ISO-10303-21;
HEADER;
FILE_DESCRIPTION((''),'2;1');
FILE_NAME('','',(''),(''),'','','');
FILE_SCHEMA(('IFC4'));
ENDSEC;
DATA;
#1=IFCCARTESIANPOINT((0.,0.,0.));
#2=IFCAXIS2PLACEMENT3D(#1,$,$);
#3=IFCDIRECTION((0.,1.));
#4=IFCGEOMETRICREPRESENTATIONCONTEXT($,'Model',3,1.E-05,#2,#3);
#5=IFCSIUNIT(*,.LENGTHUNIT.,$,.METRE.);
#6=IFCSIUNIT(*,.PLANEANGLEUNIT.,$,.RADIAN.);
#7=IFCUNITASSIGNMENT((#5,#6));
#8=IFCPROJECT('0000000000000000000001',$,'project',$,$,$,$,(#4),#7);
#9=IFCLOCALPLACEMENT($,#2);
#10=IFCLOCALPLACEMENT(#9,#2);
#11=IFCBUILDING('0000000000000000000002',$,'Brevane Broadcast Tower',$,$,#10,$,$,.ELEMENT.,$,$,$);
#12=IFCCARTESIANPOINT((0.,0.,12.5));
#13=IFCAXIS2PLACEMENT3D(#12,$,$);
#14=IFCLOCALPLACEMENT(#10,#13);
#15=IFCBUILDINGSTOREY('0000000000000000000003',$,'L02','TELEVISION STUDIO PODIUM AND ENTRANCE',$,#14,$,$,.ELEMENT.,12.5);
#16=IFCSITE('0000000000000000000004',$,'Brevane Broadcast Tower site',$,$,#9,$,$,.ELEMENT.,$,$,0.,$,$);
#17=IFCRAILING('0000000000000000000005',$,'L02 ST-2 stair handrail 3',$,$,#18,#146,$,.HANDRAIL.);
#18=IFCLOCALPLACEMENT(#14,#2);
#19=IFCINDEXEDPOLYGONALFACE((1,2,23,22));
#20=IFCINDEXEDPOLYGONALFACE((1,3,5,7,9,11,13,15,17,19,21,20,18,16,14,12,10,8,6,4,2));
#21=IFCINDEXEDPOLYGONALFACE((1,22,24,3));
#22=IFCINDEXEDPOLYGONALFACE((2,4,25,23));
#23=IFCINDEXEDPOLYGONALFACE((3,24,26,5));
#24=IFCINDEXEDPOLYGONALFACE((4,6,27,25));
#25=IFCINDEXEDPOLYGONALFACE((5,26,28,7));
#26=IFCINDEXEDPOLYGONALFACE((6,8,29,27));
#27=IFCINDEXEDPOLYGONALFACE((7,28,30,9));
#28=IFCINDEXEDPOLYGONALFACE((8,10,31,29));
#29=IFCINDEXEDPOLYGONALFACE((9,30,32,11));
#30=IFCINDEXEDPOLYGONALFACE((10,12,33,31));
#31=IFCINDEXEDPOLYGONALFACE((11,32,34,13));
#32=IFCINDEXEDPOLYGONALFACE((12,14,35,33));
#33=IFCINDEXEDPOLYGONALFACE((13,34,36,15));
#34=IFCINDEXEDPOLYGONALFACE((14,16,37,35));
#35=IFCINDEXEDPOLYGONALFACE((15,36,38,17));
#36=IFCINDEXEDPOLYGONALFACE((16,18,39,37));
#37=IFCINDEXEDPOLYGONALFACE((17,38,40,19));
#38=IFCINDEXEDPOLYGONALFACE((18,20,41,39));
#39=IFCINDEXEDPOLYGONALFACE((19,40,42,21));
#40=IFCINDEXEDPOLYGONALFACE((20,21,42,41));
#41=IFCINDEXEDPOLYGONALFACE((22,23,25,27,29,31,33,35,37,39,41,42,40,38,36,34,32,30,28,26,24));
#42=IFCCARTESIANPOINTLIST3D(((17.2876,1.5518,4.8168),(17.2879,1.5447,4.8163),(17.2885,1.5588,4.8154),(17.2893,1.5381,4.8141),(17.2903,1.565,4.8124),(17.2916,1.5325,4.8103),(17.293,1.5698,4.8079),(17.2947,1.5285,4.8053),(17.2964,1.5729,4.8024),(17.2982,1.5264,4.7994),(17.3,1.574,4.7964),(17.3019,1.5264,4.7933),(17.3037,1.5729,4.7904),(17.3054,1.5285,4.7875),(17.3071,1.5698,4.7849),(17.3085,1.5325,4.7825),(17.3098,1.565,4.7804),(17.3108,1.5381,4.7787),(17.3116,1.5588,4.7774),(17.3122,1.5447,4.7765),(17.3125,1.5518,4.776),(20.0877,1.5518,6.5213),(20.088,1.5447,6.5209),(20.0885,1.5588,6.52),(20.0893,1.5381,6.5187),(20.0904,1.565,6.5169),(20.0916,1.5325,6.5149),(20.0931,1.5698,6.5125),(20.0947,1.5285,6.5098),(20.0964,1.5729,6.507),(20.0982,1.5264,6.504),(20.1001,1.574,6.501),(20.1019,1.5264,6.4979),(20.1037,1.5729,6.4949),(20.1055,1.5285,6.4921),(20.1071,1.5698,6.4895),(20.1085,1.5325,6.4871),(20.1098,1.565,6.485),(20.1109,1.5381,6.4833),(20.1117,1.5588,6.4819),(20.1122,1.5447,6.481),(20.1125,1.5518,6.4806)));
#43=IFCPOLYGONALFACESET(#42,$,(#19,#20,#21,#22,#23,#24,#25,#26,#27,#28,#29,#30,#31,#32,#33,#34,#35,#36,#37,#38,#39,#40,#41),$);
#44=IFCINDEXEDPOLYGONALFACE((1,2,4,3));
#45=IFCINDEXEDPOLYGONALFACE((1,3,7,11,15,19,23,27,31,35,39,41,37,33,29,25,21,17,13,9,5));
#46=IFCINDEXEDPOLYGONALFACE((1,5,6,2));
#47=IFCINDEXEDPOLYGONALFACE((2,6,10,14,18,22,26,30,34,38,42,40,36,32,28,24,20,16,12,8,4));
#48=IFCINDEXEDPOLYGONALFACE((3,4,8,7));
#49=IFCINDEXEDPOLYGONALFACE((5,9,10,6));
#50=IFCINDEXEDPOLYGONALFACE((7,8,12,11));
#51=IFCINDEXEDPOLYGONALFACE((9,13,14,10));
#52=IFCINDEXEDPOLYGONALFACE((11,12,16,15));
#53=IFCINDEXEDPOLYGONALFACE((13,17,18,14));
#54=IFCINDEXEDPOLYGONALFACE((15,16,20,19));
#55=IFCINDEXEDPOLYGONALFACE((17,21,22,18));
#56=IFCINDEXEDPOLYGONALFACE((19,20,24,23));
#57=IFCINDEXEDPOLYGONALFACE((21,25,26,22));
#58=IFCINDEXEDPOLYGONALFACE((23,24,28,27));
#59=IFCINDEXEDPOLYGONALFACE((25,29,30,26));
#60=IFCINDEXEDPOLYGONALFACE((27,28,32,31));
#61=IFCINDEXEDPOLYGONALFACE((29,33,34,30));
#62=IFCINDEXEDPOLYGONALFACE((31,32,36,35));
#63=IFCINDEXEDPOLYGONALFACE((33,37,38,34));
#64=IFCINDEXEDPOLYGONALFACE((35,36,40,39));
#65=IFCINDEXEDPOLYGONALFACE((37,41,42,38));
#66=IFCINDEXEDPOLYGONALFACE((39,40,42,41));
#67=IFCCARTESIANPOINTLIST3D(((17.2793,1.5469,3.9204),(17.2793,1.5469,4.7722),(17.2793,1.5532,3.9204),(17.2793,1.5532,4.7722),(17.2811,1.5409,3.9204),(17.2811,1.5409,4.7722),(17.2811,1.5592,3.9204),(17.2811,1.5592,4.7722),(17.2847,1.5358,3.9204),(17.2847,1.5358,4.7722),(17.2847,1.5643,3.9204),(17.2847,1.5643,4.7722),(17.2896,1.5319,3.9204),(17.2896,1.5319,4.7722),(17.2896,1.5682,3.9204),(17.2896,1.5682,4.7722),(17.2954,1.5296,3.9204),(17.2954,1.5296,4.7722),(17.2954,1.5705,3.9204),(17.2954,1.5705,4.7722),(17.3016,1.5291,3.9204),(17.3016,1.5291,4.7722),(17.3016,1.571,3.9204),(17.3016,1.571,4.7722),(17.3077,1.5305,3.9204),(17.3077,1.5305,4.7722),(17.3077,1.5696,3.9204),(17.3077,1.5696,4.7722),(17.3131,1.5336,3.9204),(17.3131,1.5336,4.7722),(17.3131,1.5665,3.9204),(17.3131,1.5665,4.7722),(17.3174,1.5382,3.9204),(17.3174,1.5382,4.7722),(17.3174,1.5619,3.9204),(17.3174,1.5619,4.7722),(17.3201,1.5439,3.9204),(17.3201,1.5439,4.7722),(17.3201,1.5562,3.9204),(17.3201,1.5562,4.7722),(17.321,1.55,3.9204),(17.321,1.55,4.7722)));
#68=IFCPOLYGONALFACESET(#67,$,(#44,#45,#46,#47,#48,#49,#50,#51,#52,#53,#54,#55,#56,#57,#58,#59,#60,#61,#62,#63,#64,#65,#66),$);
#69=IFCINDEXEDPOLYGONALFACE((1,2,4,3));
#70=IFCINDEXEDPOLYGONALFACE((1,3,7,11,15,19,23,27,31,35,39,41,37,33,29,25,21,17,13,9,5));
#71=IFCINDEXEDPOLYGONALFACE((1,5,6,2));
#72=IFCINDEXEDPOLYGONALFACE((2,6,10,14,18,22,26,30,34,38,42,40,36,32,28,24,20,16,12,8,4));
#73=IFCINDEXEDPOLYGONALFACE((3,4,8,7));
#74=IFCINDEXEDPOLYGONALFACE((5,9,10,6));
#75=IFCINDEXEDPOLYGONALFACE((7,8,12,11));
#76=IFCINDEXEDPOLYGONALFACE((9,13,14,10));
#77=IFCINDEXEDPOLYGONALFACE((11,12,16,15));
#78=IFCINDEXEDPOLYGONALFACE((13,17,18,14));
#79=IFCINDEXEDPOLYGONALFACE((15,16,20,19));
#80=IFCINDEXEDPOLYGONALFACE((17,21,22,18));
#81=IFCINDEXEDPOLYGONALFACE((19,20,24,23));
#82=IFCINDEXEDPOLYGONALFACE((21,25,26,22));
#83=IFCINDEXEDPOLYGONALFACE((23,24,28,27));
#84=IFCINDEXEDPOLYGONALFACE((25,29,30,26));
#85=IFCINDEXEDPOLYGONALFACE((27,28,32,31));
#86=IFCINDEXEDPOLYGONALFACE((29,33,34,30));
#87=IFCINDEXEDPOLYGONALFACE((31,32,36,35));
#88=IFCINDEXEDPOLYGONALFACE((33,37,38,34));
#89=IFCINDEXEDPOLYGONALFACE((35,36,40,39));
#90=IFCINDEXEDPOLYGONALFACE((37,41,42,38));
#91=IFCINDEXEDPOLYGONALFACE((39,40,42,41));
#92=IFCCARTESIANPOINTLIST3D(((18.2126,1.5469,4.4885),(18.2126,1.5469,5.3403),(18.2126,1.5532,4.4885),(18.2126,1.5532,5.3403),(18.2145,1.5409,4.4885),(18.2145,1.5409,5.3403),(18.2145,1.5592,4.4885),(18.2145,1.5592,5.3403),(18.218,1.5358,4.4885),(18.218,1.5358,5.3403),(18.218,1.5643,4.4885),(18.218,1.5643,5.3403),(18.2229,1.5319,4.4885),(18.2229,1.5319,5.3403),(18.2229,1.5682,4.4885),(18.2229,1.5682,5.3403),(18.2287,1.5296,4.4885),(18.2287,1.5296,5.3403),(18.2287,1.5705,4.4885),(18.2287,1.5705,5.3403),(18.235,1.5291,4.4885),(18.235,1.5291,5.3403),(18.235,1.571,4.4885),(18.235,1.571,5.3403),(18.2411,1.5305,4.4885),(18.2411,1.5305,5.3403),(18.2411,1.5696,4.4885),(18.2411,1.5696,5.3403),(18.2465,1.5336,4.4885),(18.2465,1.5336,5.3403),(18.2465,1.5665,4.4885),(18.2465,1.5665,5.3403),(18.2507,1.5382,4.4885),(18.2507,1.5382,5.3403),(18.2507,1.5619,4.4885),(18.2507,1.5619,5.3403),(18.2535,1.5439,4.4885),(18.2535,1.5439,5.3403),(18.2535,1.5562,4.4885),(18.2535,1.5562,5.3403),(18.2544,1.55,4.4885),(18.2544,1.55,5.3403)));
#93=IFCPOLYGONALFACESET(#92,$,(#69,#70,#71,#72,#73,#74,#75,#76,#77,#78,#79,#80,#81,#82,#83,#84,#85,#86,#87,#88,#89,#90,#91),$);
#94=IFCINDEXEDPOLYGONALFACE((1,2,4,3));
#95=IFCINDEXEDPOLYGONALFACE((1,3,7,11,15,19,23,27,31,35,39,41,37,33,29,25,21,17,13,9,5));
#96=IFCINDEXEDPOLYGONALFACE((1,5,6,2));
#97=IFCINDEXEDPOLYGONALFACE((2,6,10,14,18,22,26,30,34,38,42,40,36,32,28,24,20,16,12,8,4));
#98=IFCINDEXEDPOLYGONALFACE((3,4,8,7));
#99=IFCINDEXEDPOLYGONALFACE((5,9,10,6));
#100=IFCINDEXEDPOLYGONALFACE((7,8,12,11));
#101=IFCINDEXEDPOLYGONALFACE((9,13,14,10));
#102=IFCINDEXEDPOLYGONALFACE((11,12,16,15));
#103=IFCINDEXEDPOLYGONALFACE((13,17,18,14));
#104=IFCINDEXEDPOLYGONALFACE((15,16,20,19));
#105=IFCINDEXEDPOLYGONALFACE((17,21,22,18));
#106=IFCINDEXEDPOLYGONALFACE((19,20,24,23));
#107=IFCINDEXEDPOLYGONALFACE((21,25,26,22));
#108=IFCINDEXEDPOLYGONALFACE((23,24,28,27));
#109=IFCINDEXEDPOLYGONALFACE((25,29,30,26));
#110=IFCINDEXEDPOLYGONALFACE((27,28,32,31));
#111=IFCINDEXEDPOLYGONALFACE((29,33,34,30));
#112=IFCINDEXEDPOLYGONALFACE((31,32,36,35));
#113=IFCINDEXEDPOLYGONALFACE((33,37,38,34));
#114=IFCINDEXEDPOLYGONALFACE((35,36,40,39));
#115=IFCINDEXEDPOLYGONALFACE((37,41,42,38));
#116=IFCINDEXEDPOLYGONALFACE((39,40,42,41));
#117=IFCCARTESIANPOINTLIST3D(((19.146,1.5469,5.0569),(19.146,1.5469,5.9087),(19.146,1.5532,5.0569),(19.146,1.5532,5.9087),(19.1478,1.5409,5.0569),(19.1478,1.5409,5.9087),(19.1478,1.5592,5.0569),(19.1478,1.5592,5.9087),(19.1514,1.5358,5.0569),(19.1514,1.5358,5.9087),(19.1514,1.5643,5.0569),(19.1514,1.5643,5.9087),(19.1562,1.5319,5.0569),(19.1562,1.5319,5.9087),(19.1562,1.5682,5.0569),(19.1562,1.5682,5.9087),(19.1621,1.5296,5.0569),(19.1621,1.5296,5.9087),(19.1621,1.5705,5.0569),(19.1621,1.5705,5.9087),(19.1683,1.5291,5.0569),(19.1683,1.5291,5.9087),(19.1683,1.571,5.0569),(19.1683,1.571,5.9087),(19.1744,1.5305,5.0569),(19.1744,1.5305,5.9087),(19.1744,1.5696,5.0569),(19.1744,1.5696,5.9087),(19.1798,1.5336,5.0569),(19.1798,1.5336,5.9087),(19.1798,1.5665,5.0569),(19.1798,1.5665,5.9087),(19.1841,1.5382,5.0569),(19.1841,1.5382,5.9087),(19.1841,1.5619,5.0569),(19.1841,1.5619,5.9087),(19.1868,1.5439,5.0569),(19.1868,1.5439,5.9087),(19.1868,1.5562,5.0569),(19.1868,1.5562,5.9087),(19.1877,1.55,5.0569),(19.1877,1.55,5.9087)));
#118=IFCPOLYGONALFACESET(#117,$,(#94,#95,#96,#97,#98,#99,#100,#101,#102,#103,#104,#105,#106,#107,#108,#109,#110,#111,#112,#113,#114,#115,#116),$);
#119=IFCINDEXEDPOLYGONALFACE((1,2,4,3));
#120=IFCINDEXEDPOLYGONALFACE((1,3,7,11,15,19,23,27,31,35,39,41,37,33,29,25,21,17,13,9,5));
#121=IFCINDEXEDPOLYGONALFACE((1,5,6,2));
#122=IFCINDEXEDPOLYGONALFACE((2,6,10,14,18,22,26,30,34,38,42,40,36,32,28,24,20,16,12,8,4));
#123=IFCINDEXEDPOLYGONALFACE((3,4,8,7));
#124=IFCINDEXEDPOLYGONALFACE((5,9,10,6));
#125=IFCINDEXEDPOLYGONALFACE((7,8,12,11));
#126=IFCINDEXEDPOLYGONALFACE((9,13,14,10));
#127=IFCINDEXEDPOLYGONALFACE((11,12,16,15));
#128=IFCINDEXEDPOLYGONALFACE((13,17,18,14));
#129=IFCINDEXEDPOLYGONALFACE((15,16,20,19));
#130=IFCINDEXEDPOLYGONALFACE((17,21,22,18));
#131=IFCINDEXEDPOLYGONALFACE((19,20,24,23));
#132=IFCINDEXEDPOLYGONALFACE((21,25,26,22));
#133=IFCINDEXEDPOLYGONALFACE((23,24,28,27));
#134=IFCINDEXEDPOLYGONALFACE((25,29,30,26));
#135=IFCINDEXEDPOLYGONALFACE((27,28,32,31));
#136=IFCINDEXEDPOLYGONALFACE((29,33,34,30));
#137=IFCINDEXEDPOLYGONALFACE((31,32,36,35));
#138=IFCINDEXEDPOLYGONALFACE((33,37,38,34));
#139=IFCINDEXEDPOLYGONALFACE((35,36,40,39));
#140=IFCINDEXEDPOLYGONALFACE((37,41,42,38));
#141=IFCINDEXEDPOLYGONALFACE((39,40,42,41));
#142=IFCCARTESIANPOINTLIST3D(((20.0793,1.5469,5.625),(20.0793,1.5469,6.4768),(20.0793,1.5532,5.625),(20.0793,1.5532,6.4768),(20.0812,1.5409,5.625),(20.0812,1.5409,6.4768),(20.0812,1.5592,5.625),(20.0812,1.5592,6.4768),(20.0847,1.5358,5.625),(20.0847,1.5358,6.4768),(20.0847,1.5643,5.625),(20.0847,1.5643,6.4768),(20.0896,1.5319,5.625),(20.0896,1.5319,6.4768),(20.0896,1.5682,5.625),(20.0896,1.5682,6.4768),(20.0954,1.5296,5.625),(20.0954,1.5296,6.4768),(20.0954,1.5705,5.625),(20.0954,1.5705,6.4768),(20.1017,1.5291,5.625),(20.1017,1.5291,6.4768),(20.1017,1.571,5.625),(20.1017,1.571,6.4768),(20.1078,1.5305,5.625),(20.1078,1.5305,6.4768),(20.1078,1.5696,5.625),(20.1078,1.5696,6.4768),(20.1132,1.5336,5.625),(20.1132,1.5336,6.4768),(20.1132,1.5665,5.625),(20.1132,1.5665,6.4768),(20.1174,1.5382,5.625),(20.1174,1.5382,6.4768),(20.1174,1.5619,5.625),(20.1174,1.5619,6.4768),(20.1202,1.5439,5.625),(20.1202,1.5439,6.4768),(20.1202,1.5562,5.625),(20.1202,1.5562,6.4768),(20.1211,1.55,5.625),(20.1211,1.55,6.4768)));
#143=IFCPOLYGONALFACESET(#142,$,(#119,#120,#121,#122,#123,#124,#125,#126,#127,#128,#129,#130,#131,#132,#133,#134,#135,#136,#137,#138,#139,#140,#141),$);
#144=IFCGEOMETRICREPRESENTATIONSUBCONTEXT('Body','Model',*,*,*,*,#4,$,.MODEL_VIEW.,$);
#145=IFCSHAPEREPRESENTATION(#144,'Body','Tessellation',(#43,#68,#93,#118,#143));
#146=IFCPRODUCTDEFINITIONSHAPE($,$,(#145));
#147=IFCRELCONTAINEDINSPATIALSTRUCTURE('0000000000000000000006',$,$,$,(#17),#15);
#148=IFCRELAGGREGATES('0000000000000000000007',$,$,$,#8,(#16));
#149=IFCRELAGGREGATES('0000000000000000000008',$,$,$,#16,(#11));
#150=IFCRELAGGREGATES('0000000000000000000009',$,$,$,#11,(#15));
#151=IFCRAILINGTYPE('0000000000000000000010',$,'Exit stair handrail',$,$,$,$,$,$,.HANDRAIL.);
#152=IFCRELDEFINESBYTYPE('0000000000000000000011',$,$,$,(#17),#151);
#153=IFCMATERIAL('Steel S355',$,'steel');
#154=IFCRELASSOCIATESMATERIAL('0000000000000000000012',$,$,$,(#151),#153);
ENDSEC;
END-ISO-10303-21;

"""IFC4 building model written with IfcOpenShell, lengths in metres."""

from ifc_helpers import new_model, si_unit, direction, frame, origin, origin_2d, place, context, subcontext, project, spatial, circle, extrude, material, type_object, element, save


model = new_model("IFC4")

# Units and contexts
model_context = context("Model", 3, precision=1e-05, world=origin(), true_north=direction((0.0, 1.0)))
body_context = subcontext(model_context, "Body", "Model", "MODEL_VIEW")
ifc_project = project(units=[si_unit("LENGTHUNIT", "METRE"), si_unit("PLANEANGLEUNIT", "RADIAN")], contexts=[model_context])

# Site, building, storey
site_placement = place(None, origin())
site = spatial("IfcSite", under=ifc_project, at=site_placement, Name="Brevane Broadcast Tower site", CompositionType="ELEMENT", RefElevation=0.0)
building_placement = place(site_placement, origin())
building = spatial("IfcBuilding", under=site, at=building_placement, Name="Brevane Broadcast Tower", CompositionType="ELEMENT")
storey_placement = place(building_placement, frame((0.0, 0.0, 12.5)))
storey = spatial("IfcBuildingStorey", under=building, at=storey_placement, Name="L02", Description="TELEVISION STUDIO PODIUM AND ENTRANCE", CompositionType="ELEMENT", Elevation=12.5)

# Railing
ifc_material_1 = material(Name="Steel S355", Category="steel")
railing_type_1 = type_object("IfcRailingType", Name="Exit stair handrail", PredefinedType="HANDRAIL", material=ifc_material_1)
railing_1_placement = place(storey_placement, frame((17.3, 1.55, 3.9204)))
element("IfcRailing", 1, at=railing_1_placement, inside=storey, type_object=railing_type_1, Name="L02 ST-2 stair handrail 3", PredefinedType="HANDRAIL", context=body_context, shape_type="SweptSolid", body=[
    extrude(circle(Radius=0.0239, at=origin_2d()), frame((0.0, 0.0, 0.876), z_axis=(0.85417, 0.0, 0.519994), x_axis=(0.0, 1.0, 0.0)), (0.0, 0.0, 1.0), 3.2781),
    extrude(circle(Radius=0.021, at=origin_2d()), origin(), (0.0, 0.0, 1.0), 0.8518),
    extrude(circle(Radius=0.021, at=origin_2d()), frame((0.9333, 0.0, 0.5681)), (0.0, 0.0, 1.0), 0.8518),
    extrude(circle(Radius=0.021, at=origin_2d()), frame((1.8667, 0.0, 1.1365)), (0.0, 0.0, 1.0), 0.8518),
    extrude(circle(Radius=0.021, at=origin_2d()), frame((2.8, 0.0, 1.7046)), (0.0, 0.0, 1.0), 0.8518),
])

save(model, "model.ifc")
